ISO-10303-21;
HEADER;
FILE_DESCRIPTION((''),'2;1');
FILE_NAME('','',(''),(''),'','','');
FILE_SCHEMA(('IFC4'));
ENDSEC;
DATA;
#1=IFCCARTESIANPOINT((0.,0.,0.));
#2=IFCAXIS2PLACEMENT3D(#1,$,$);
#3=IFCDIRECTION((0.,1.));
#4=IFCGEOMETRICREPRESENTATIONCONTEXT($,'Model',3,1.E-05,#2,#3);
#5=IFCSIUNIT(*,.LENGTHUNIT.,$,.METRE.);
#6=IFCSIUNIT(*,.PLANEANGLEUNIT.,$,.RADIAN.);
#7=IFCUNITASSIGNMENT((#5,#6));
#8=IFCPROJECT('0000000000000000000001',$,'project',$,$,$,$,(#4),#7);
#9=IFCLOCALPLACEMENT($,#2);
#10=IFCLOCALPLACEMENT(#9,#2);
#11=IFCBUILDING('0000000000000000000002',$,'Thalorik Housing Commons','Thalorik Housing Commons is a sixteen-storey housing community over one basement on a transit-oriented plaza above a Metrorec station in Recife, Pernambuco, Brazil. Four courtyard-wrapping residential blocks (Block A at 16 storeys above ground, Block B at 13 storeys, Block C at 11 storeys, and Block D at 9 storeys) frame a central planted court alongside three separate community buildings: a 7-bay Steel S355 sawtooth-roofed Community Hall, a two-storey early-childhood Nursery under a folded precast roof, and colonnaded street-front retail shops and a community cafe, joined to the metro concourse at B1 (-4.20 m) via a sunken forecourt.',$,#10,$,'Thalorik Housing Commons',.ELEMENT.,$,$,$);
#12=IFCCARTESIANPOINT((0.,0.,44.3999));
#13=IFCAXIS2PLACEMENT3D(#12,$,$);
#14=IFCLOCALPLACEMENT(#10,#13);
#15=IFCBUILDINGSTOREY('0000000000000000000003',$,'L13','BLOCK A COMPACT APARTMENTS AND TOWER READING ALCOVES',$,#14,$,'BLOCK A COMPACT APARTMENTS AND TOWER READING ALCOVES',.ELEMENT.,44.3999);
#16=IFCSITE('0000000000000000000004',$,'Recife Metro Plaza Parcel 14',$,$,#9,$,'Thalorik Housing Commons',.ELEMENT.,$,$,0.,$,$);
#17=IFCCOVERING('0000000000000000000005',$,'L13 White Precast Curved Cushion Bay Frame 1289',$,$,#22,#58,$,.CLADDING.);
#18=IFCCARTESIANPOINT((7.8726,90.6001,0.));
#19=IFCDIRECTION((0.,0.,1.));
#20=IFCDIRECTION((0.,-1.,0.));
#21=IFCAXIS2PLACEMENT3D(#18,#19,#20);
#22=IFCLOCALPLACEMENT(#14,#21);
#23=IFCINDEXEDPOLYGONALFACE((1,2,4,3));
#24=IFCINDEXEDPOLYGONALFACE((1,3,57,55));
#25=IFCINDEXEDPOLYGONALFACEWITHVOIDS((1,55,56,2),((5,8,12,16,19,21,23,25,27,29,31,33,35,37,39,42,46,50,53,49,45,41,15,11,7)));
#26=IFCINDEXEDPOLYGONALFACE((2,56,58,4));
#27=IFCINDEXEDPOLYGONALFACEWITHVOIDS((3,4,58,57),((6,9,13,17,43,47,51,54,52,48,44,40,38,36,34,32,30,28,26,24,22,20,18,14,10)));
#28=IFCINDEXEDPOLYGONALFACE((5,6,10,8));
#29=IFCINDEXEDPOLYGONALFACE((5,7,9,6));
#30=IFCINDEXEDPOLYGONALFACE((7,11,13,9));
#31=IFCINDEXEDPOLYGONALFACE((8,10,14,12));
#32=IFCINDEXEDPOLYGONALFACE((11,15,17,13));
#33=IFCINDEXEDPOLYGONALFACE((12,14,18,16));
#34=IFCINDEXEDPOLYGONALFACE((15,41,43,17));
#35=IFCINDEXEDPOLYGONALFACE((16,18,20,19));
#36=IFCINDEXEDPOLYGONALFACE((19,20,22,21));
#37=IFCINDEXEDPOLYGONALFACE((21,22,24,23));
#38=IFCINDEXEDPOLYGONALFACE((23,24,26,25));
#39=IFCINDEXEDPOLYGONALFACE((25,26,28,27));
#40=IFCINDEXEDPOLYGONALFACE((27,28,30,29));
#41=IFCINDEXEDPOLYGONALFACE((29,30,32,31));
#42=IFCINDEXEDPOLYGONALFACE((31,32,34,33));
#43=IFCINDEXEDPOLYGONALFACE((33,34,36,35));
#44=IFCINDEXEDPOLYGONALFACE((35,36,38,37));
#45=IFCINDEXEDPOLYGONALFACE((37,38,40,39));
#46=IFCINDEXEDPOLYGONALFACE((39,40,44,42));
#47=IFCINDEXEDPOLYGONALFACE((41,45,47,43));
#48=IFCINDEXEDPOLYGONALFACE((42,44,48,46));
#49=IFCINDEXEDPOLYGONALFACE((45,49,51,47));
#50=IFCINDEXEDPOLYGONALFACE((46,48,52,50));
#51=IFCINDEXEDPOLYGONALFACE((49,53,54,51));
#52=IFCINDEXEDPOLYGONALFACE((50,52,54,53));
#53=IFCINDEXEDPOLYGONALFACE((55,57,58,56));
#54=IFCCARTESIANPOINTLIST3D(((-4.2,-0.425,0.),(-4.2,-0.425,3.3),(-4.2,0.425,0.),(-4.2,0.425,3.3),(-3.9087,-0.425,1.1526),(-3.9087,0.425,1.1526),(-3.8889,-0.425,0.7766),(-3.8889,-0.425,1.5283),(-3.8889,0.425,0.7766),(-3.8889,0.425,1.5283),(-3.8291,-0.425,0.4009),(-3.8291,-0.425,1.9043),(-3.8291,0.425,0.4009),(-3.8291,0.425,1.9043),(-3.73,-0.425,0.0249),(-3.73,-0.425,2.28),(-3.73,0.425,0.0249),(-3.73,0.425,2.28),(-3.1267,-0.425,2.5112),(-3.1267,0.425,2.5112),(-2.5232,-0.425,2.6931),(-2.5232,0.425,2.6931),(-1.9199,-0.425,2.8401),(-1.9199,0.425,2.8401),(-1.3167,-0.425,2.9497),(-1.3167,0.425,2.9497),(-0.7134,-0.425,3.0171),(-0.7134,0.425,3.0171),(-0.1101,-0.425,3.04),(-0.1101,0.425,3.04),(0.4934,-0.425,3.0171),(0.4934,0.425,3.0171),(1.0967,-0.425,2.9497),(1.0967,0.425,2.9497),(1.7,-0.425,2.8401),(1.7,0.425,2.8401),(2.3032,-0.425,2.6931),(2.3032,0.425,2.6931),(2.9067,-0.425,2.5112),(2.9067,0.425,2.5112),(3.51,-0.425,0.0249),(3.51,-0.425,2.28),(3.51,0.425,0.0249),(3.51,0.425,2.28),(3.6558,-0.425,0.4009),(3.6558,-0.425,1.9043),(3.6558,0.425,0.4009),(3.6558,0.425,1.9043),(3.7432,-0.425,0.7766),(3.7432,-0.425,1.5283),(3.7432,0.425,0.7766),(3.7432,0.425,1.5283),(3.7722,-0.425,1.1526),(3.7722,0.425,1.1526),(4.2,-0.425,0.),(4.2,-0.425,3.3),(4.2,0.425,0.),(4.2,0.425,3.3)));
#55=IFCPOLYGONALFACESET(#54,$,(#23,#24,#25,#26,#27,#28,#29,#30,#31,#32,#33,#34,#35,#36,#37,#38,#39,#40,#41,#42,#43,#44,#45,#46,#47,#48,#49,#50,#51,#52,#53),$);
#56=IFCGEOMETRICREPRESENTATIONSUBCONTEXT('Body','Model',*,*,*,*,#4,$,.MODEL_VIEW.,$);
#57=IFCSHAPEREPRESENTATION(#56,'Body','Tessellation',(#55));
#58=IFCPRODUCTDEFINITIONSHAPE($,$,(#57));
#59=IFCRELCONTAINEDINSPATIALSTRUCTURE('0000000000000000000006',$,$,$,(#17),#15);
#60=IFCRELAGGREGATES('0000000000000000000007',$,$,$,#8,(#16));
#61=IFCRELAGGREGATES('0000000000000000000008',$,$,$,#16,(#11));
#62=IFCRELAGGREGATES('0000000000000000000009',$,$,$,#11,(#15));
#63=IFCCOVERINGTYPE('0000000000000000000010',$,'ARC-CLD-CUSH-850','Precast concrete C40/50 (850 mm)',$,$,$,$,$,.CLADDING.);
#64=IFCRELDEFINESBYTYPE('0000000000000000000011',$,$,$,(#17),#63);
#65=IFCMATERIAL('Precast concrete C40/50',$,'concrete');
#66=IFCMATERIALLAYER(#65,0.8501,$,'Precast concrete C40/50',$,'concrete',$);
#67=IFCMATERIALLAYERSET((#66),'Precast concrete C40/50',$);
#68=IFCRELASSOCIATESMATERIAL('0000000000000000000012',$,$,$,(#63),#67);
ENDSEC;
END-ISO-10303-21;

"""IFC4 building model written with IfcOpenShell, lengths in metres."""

from ifc_helpers import new_model, si_unit, direction, frame, origin, place, context, subcontext, project, spatial, polyline, outline, extrude, material, layer, layer_set, type_object, element, save


model = new_model("IFC4")

# Units and contexts
model_context = context("Model", 3, precision=1e-05, world=origin(), true_north=direction((0.0, 1.0)))
body_context = subcontext(model_context, "Body", "Model", "MODEL_VIEW")
ifc_project = project(units=[si_unit("LENGTHUNIT", "METRE"), si_unit("PLANEANGLEUNIT", "RADIAN")], contexts=[model_context])

# Site, building, storey
site_placement = place(None, origin())
site = spatial("IfcSite", under=ifc_project, at=site_placement, Name="Recife Metro Plaza Parcel 14", LongName="Thalorik Housing Commons", CompositionType="ELEMENT", RefElevation=0.0)
building_placement = place(site_placement, origin())
building = spatial("IfcBuilding", under=site, at=building_placement, Name="Thalorik Housing Commons", Description="Thalorik Housing Commons is a sixteen-storey housing community over one basement on a transit-oriented plaza above a Metrorec station in Recife, Pernambuco, Brazil. Four courtyard-wrapping residential blocks (Block A at 16 storeys above ground, Block B at 13 storeys, Block C at 11 storeys, and Block D at 9 storeys) frame a central planted court alongside three separate community buildings: a 7-bay Steel S355 sawtooth-roofed Community Hall, a two-storey early-childhood Nursery under a folded precast roof, and colonnaded street-front retail shops and a community cafe, joined to the metro concourse at B1 (-4.20 m) via a sunken forecourt.", LongName="Thalorik Housing Commons", CompositionType="ELEMENT")
storey_placement = place(building_placement, frame((0.0, 0.0, 44.3999)))
storey = spatial("IfcBuildingStorey", under=building, at=storey_placement, Name="L13", Description="BLOCK A COMPACT APARTMENTS AND TOWER READING ALCOVES", LongName="BLOCK A COMPACT APARTMENTS AND TOWER READING ALCOVES", CompositionType="ELEMENT", Elevation=44.3999)

# Shared definitions
ifc_material_1 = material(Name="Precast concrete C40/50", Category="concrete")

# Covering
ifc_layer_1 = layer(ifc_material_1, 0.8501, Name="Precast concrete C40/50", Category="concrete")
ifc_layer_set_1 = layer_set([ifc_layer_1], Name="Precast concrete C40/50")
covering_type_1 = type_object("IfcCoveringType", Name="ARC-CLD-CUSH-850", Description="Precast concrete C40/50 (850 mm)", PredefinedType="CLADDING", material=ifc_layer_set_1)
covering_1_placement = place(storey_placement, frame((7.8726, 90.6001, 0.0), z_axis=(0.0, 0.0, 1.0), x_axis=(0.0, -1.0, 0.0)))
element("IfcCovering", 1, at=covering_1_placement, inside=storey, type_object=covering_type_1, Name="L13 White Precast Curved Cushion Bay Frame 1289", PredefinedType="CLADDING", context=body_context, shape_type="SweptSolid", body=[
    extrude(outline(polyline([(-4.2, 0.0), (4.2, 0.0), (4.2, 3.3), (-4.2, 3.3), (-4.2, 0.0)]), holes=[polyline([(3.51, 0.0249), (3.6558, 0.4009), (3.7432, 0.7766), (3.7722, 1.1526), (3.7432, 1.5283), (3.6558, 1.9043), (3.51, 2.28), (2.9067, 2.5112), (2.3032, 2.6931), (1.7, 2.8401), (1.0967, 2.9497), (0.4934, 3.0171), (-0.1101, 3.04), (-0.7134, 3.0171), (-1.3167, 2.9497), (-1.9199, 2.8401), (-2.5232, 2.6931), (-3.1267, 2.5112), (-3.73, 2.28), (-3.8291, 1.9043), (-3.8889, 1.5283), (-3.9087, 1.1526), (-3.8889, 0.7766), (-3.8291, 0.4009), (-3.73, 0.0249), (3.51, 0.0249)])]), frame((0.0, 0.425, 0.0), z_axis=(0.0, -1.0, 0.0), x_axis=(1.0, 0.0, 0.0)), (0.0, 0.0, 1.0), 0.8501),
])

save(model, "model.ifc")
